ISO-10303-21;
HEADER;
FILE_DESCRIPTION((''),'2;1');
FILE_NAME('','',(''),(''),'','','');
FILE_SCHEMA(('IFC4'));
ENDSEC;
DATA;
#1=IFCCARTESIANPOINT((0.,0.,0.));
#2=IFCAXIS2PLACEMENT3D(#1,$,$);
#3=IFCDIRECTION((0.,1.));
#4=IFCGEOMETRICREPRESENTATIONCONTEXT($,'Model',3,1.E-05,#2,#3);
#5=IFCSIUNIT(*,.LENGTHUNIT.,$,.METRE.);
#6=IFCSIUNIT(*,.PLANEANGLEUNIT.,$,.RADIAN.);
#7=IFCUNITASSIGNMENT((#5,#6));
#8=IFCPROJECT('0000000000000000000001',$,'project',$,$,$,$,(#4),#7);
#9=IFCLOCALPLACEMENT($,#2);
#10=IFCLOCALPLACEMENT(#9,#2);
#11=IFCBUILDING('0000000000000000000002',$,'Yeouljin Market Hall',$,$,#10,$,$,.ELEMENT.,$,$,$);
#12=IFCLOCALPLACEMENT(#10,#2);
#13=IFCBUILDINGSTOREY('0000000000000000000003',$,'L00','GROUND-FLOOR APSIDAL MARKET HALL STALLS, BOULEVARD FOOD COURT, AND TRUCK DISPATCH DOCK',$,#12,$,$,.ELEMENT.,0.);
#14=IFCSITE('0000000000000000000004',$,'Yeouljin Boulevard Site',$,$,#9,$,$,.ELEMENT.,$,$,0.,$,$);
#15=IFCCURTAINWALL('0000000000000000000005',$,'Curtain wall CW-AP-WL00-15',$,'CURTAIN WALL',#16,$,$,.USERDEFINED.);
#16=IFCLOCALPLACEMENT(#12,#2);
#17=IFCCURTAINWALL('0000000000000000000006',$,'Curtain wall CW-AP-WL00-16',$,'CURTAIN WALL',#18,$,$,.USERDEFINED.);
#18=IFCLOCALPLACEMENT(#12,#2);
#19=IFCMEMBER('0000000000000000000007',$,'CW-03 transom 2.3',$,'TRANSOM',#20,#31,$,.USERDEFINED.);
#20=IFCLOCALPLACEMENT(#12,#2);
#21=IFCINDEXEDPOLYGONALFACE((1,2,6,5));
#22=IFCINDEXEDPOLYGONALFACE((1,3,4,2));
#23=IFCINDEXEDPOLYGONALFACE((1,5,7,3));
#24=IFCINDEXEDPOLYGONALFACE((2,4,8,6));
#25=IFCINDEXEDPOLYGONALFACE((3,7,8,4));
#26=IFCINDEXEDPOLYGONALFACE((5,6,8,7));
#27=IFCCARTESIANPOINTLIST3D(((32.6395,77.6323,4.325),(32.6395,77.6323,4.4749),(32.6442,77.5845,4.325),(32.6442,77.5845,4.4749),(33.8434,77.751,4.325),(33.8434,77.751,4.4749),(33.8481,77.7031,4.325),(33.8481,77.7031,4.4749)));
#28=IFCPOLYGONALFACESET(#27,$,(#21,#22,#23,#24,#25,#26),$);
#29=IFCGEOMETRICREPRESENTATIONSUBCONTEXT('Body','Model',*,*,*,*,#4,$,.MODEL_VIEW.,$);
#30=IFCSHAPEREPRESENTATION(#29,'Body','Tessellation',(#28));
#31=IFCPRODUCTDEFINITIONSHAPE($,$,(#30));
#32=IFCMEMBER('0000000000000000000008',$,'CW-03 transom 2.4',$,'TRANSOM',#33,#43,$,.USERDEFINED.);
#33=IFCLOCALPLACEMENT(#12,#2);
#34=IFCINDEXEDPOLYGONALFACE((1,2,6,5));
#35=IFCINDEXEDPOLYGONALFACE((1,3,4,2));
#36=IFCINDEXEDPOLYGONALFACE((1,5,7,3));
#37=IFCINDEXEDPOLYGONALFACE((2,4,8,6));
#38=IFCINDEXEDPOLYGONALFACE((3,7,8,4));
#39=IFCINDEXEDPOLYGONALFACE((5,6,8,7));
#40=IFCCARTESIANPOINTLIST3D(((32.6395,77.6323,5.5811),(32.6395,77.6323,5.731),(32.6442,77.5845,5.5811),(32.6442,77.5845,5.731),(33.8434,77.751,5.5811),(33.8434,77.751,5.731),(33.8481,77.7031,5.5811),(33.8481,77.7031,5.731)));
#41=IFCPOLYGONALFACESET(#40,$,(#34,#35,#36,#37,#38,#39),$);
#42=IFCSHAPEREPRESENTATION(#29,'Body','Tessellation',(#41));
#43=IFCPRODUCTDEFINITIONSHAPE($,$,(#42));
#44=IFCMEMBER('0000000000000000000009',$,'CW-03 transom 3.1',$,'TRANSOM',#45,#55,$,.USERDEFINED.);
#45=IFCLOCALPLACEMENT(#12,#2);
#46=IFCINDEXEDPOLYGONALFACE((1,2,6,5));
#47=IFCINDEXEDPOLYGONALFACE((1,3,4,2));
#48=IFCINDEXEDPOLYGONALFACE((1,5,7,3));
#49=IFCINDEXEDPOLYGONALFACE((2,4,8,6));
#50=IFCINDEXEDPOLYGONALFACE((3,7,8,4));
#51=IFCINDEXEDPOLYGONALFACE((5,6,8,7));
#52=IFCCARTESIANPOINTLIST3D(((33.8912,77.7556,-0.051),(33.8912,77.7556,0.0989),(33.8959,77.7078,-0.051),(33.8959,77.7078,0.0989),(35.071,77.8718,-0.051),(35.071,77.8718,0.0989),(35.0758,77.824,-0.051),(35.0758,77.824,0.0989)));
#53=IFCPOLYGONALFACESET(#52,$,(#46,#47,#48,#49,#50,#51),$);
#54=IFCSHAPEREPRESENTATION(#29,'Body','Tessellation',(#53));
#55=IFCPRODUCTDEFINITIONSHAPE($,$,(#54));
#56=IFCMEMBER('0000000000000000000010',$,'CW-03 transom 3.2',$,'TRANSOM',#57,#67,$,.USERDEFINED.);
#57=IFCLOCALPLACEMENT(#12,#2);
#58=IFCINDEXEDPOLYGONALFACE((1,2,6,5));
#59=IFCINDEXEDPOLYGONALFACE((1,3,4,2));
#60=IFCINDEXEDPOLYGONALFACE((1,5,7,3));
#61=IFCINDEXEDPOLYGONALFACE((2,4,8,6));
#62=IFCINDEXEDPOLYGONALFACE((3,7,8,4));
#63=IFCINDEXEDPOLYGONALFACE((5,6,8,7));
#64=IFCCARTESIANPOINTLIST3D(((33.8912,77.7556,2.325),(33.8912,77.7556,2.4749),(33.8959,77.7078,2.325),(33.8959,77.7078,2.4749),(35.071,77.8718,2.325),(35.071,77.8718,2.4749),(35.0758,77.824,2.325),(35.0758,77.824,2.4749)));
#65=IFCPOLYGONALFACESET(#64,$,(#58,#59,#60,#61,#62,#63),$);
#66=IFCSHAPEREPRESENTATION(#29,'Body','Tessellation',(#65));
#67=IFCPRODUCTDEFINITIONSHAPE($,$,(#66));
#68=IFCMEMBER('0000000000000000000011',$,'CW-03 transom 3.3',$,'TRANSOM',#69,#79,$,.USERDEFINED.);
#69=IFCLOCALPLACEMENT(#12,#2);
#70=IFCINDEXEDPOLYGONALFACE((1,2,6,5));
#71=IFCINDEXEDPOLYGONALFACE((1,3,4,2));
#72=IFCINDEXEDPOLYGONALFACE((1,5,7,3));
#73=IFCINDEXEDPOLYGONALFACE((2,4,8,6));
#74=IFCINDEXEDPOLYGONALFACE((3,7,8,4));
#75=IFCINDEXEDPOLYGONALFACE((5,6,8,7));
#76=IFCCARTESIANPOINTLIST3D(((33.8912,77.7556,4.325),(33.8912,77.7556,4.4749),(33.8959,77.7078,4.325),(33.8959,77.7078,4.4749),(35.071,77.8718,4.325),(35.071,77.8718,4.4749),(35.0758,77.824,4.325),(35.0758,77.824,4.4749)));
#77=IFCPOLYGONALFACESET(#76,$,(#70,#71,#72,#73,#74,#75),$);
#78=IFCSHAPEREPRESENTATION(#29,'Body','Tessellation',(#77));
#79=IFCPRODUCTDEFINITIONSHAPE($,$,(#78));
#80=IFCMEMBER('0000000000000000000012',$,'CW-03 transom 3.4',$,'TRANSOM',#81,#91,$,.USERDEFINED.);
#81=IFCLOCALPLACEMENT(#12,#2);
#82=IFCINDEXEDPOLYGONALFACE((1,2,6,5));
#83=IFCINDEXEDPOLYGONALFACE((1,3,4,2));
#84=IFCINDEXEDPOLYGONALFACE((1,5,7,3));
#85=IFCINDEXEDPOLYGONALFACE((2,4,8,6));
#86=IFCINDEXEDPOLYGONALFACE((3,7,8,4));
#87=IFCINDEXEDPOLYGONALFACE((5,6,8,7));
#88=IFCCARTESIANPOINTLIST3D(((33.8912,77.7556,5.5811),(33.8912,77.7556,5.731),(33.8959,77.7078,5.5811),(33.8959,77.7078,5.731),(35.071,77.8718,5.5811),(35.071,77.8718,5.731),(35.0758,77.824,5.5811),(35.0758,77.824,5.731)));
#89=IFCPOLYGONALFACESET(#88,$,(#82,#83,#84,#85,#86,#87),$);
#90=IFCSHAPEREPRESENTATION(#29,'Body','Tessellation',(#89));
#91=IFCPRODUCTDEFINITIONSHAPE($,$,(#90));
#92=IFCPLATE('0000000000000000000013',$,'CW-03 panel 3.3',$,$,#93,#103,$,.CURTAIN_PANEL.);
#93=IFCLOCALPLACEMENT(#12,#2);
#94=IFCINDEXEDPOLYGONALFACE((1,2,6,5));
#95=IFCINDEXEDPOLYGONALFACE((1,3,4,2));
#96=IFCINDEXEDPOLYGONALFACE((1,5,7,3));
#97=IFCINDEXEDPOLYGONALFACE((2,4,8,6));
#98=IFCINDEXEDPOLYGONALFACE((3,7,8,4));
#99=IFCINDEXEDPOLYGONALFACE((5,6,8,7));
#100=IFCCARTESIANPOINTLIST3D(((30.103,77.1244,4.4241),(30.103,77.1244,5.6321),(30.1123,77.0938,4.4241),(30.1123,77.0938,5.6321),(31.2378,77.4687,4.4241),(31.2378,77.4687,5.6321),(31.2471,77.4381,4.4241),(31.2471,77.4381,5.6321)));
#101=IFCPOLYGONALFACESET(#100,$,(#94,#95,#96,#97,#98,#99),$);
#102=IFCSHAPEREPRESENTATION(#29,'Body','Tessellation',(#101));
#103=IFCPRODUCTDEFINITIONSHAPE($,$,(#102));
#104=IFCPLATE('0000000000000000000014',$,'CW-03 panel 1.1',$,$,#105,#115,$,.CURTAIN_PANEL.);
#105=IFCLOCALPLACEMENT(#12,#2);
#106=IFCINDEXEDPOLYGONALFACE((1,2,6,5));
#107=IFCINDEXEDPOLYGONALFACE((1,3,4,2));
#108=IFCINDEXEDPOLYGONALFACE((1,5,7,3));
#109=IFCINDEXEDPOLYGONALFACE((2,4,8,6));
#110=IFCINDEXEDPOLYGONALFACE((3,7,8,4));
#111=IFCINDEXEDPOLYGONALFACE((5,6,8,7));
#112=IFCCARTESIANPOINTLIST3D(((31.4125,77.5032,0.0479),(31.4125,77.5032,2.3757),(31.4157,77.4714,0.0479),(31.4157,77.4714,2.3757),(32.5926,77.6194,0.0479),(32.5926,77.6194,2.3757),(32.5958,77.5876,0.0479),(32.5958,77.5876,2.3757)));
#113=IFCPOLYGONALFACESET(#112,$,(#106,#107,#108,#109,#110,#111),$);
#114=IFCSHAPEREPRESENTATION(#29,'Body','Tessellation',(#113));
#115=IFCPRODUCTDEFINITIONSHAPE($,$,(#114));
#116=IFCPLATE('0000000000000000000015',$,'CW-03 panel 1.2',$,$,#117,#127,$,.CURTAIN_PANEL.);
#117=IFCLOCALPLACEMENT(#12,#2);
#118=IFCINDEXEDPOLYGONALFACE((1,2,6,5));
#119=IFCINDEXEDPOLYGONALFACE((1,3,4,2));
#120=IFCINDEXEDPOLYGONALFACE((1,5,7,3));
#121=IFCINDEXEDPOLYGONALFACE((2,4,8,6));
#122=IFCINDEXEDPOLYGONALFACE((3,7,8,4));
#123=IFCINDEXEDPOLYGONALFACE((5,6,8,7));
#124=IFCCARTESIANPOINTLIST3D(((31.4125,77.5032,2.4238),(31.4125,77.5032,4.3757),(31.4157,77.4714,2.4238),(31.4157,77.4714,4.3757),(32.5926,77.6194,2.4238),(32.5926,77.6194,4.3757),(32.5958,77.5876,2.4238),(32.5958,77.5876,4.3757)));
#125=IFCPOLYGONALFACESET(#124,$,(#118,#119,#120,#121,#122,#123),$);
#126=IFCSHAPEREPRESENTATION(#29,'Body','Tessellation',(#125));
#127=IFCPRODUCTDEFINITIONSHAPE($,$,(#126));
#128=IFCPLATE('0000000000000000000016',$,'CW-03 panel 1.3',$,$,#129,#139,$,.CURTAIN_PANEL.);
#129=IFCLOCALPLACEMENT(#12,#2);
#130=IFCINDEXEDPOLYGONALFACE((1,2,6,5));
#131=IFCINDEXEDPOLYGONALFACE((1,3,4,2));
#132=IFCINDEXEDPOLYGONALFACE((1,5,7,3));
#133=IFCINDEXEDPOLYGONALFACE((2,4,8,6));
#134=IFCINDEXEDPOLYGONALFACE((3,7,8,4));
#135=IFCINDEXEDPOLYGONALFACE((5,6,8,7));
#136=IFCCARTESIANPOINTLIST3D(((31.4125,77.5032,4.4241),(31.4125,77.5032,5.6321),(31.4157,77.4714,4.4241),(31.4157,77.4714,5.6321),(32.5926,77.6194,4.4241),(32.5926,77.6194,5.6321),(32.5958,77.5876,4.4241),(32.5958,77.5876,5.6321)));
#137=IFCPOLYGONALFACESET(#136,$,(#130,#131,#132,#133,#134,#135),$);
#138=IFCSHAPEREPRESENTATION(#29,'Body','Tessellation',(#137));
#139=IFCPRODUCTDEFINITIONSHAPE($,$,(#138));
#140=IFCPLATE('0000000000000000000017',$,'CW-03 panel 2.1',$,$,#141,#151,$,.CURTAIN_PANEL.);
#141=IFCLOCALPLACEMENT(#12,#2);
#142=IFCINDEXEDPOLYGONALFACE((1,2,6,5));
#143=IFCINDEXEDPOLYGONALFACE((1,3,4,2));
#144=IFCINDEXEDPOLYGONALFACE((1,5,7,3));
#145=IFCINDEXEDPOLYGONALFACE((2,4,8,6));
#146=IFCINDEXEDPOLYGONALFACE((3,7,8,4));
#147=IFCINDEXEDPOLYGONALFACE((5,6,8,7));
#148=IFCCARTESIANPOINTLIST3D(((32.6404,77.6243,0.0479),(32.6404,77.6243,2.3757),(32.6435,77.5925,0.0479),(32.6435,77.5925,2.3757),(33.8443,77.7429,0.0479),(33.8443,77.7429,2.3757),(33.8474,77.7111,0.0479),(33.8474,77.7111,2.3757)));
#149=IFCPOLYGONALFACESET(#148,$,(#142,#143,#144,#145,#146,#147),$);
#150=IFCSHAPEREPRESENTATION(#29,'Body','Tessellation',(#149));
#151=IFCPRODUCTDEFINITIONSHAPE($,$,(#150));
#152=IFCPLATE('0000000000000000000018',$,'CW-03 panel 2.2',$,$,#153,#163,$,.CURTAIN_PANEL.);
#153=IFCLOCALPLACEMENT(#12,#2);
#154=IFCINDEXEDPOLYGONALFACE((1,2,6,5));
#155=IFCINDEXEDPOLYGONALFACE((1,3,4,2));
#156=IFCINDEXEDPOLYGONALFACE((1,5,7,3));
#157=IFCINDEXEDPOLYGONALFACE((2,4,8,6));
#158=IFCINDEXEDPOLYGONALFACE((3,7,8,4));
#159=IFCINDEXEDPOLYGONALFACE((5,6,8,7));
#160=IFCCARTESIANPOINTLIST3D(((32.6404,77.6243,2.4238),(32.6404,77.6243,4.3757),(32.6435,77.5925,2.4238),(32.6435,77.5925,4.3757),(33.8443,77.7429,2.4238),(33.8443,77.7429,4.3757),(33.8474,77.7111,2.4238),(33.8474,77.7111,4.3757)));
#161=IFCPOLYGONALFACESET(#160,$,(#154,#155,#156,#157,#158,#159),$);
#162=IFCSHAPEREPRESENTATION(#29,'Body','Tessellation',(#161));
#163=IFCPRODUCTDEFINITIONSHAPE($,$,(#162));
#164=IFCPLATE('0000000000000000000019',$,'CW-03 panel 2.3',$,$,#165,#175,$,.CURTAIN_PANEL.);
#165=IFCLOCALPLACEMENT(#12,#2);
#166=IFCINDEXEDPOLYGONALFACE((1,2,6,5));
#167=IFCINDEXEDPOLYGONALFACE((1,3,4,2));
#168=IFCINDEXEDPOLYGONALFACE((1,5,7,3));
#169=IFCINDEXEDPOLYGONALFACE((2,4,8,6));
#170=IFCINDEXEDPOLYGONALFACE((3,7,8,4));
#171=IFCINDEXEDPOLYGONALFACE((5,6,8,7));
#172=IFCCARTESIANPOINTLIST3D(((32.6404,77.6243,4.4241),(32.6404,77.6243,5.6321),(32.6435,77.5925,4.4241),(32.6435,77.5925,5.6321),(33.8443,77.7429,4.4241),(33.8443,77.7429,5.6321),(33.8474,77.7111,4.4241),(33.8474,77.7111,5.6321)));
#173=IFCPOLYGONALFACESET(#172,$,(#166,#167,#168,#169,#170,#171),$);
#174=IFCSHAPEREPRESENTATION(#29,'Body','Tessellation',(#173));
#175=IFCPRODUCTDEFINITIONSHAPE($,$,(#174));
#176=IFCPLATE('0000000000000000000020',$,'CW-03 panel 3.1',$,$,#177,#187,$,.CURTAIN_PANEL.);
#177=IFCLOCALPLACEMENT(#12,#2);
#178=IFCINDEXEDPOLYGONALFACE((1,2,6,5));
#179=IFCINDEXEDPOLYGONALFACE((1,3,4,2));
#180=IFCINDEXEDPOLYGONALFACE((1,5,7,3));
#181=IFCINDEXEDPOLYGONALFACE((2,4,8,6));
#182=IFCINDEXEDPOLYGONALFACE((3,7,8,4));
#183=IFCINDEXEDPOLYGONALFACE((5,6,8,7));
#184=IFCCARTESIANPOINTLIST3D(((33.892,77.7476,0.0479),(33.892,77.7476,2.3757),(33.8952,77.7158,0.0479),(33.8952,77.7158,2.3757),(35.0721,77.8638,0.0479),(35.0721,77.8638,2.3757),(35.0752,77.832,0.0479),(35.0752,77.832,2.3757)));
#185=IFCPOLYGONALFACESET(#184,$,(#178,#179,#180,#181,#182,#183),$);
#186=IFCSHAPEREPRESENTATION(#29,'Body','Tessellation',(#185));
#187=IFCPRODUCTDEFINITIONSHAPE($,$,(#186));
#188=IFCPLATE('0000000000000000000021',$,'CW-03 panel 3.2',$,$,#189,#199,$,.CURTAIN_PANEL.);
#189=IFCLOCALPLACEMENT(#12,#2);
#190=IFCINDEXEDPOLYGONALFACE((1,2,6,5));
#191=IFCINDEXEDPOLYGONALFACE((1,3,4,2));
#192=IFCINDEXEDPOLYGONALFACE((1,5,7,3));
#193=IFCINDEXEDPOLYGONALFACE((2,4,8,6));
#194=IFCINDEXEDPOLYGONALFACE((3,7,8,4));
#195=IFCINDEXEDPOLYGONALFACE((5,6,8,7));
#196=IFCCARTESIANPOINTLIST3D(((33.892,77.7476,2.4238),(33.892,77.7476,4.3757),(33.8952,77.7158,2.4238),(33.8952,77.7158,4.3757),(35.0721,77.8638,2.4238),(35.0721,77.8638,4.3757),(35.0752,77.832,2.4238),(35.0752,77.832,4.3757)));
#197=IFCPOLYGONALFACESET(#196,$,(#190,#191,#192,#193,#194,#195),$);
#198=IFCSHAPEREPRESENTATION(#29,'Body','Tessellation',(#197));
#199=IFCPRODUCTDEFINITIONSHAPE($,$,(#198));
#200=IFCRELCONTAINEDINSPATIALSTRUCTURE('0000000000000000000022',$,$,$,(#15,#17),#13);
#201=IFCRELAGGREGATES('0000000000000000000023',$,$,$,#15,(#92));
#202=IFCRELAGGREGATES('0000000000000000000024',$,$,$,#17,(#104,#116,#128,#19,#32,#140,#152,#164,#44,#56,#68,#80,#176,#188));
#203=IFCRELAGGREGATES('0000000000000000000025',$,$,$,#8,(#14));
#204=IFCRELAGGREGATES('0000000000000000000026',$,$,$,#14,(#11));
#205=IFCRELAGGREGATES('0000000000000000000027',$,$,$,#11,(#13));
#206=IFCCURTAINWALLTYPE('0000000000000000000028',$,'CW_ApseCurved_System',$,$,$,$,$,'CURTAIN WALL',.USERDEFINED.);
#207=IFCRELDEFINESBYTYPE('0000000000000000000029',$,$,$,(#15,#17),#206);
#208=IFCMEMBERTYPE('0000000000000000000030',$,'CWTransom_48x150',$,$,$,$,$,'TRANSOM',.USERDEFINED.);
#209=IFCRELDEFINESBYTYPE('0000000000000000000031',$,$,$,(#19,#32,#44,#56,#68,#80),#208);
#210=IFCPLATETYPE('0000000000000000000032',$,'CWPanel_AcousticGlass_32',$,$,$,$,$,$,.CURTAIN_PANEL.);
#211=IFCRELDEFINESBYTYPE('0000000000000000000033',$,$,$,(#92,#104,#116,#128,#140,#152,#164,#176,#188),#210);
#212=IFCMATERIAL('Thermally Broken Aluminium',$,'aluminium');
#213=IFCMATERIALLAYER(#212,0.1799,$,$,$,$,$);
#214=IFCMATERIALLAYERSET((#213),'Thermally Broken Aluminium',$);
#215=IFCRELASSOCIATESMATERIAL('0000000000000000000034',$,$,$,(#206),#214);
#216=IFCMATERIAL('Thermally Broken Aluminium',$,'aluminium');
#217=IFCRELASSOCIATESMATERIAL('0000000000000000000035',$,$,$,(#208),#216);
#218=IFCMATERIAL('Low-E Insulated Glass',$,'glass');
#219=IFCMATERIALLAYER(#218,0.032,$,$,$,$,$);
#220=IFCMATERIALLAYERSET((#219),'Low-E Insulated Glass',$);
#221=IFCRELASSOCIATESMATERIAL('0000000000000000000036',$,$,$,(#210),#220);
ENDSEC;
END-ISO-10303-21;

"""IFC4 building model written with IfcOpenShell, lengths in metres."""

from ifc_helpers import new_model, si_unit, direction, frame, origin, origin_2d, place, context, subcontext, project, spatial, rectangle, extrude, material, layer, layer_set, material_profile, profile_set, type_object, element, aggregate, save


model = new_model("IFC4")

# Units and contexts
model_context = context("Model", 3, precision=1e-05, world=origin(), true_north=direction((0.0, 1.0)))
body_context = subcontext(model_context, "Body", "Model", "MODEL_VIEW")
ifc_project = project(units=[si_unit("LENGTHUNIT", "METRE"), si_unit("PLANEANGLEUNIT", "RADIAN")], contexts=[model_context])

# Site, building, storey
site_placement = place(None, origin())
site = spatial("IfcSite", under=ifc_project, at=site_placement, Name="Yeouljin Boulevard Site", CompositionType="ELEMENT", RefElevation=0.0)
building_placement = place(site_placement, origin())
building = spatial("IfcBuilding", under=site, at=building_placement, Name="Yeouljin Market Hall", CompositionType="ELEMENT")
storey_placement = place(building_placement, origin())
storey = spatial("IfcBuildingStorey", under=building, at=storey_placement, Name="L00", Description="GROUND-FLOOR APSIDAL MARKET HALL STALLS, BOULEVARD FOOD COURT, AND TRUCK DISPATCH DOCK", CompositionType="ELEMENT", Elevation=0.0)

# Curtain wall
ifc_material_1 = material(Name="Thermally Broken Aluminium", Category="aluminium")
ifc_layer_1 = layer(ifc_material_1, 0.1799)
ifc_layer_set_1 = layer_set([ifc_layer_1], Name="Thermally Broken Aluminium")
curtain_wall_type_1 = type_object("IfcCurtainWallType", Name="CW_ApseCurved_System", ElementType="CURTAIN WALL", PredefinedType="USERDEFINED", material=ifc_layer_set_1)
curtain_wall_1_placement = place(storey_placement, origin())
curtain_wall_1 = element("IfcCurtainWall", 1, at=curtain_wall_1_placement, inside=storey, type_object=curtain_wall_type_1, Name="Curtain wall CW-AP-WL00-15", ObjectType="CURTAIN WALL", PredefinedType="USERDEFINED")

# Curtain wall
curtain_wall_2_placement = place(storey_placement, origin())
curtain_wall_2 = element("IfcCurtainWall", 2, at=curtain_wall_2_placement, inside=storey, type_object=curtain_wall_type_1, Name="Curtain wall CW-AP-WL00-16", ObjectType="CURTAIN WALL", PredefinedType="USERDEFINED")

# Members
ifc_material_2 = material(Name="Thermally Broken Aluminium", Category="aluminium")
ifc_material_profile_1 = material_profile(ifc_material_2, rectangle(XDim=0.0481, YDim=0.1499, at=origin_2d()), Name="CW-TRAN-48x150")
ifc_profile_set_1 = profile_set([ifc_material_profile_1], Name="Thermally Broken Aluminium")
member_type_1 = type_object("IfcMemberType", Name="CWTransom_48x150", ElementType="TRANSOM", PredefinedType="USERDEFINED", material=ifc_profile_set_1)
member_1_placement = place(storey_placement, frame((32.6418, 77.6084, 4.3999), z_axis=(0.995178, 0.098085, 0.0), x_axis=(-0.098085, 0.995178, 0.0)))
member_1 = element("IfcMember", 3, at=member_1_placement, type_object=member_type_1, Name="CW-03 transom 2.3", ObjectType="TRANSOM", PredefinedType="USERDEFINED", context=body_context, shape_type="SweptSolid", body=[
    extrude(rectangle(XDim=0.0481, YDim=0.1499, at=origin_2d()), origin(), (0.0, 0.0, 1.0), 1.2097),
])
member_2_placement = place(storey_placement, frame((32.6418, 77.6084, 5.656), z_axis=(0.995178, 0.098085, 0.0), x_axis=(-0.098085, 0.995178, 0.0)))
member_2 = element("IfcMember", 4, at=member_2_placement, type_object=member_type_1, Name="CW-03 transom 2.4", ObjectType="TRANSOM", PredefinedType="USERDEFINED", context=body_context, shape_type="SweptSolid", body=[
    extrude(rectangle(XDim=0.0481, YDim=0.1499, at=origin_2d()), origin(), (0.0, 0.0, 1.0), 1.2097),
])
member_3_placement = place(storey_placement, frame((33.8936, 77.7317, 0.0239), z_axis=(0.995185, 0.098015, 0.0), x_axis=(-0.098015, 0.995185, 0.0)))
member_3 = element("IfcMember", 5, at=member_3_placement, type_object=member_type_1, Name="CW-03 transom 3.1", ObjectType="TRANSOM", PredefinedType="USERDEFINED", context=body_context, shape_type="SweptSolid", body=[
    extrude(rectangle(XDim=0.0481, YDim=0.1499, at=origin_2d()), origin(), (0.0, 0.0, 1.0), 1.1855),
])
member_4_placement = place(storey_placement, frame((33.8936, 77.7317, 2.3999), z_axis=(0.995185, 0.098015, 0.0), x_axis=(-0.098015, 0.995185, 0.0)))
member_4 = element("IfcMember", 6, at=member_4_placement, type_object=member_type_1, Name="CW-03 transom 3.2", ObjectType="TRANSOM", PredefinedType="USERDEFINED", context=body_context, shape_type="SweptSolid", body=[
    extrude(rectangle(XDim=0.0481, YDim=0.1499, at=origin_2d()), origin(), (0.0, 0.0, 1.0), 1.1855),
])
member_5_placement = place(storey_placement, frame((33.8936, 77.7317, 4.3999), z_axis=(0.995185, 0.098015, 0.0), x_axis=(-0.098015, 0.995185, 0.0)))
member_5 = element("IfcMember", 7, at=member_5_placement, type_object=member_type_1, Name="CW-03 transom 3.3", ObjectType="TRANSOM", PredefinedType="USERDEFINED", context=body_context, shape_type="SweptSolid", body=[
    extrude(rectangle(XDim=0.0481, YDim=0.1499, at=origin_2d()), origin(), (0.0, 0.0, 1.0), 1.1855),
])
member_6_placement = place(storey_placement, frame((33.8936, 77.7317, 5.656), z_axis=(0.995185, 0.098015, 0.0), x_axis=(-0.098015, 0.995185, 0.0)))
member_6 = element("IfcMember", 8, at=member_6_placement, type_object=member_type_1, Name="CW-03 transom 3.4", ObjectType="TRANSOM", PredefinedType="USERDEFINED", context=body_context, shape_type="SweptSolid", body=[
    extrude(rectangle(XDim=0.0481, YDim=0.1499, at=origin_2d()), origin(), (0.0, 0.0, 1.0), 1.1855),
])

# Plates
ifc_material_3 = material(Name="Low-E Insulated Glass", Category="glass")
ifc_layer_2 = layer(ifc_material_3, 0.032)
ifc_layer_set_2 = layer_set([ifc_layer_2], Name="Low-E Insulated Glass")
plate_type = type_object("IfcPlateType", Name="CWPanel_AcousticGlass_32", PredefinedType="CURTAIN_PANEL", material=ifc_layer_set_2)
plate_1_placement = place(storey_placement, frame((30.675, 77.2812, 4.4241), z_axis=(0.0, 0.0, 1.0), x_axis=(0.95694, 0.290286, 0.0)))
plate_1 = element("IfcPlate", 9, at=plate_1_placement, type_object=plate_type, Name="CW-03 panel 3.3", PredefinedType="CURTAIN_PANEL", context=body_context, shape_type="SweptSolid", body=[
    extrude(rectangle(XDim=1.1858, YDim=0.032, at=origin_2d()), origin(), (0.0, 0.0, 1.0), 1.208),
])
aggregate(curtain_wall_1, [plate_1])
plate_2_placement = place(storey_placement, frame((32.0042, 77.5454, 0.0479), z_axis=(0.0, 0.0, 1.0), x_axis=(0.995183, 0.098034, 0.0)))
plate_2 = element("IfcPlate", 10, at=plate_2_placement, type_object=plate_type, Name="CW-03 panel 1.1", PredefinedType="CURTAIN_PANEL", context=body_context, shape_type="SweptSolid", body=[
    extrude(rectangle(XDim=1.1858, YDim=0.032, at=origin_2d()), origin(), (0.0, 0.0, 1.0), 2.3279),
])
plate_3_placement = place(storey_placement, frame((32.0042, 77.5454, 2.4238), z_axis=(0.0, 0.0, 1.0), x_axis=(0.995183, 0.098034, 0.0)))
plate_3 = element("IfcPlate", 11, at=plate_3_placement, type_object=plate_type, Name="CW-03 panel 1.2", PredefinedType="CURTAIN_PANEL", context=body_context, shape_type="SweptSolid", body=[
    extrude(rectangle(XDim=1.1858, YDim=0.032, at=origin_2d()), origin(), (0.0, 0.0, 1.0), 1.9519),
])
plate_4_placement = place(storey_placement, frame((32.0042, 77.5454, 4.4241), z_axis=(0.0, 0.0, 1.0), x_axis=(0.995183, 0.098034, 0.0)))
plate_4 = element("IfcPlate", 12, at=plate_4_placement, type_object=plate_type, Name="CW-03 panel 1.3", PredefinedType="CURTAIN_PANEL", context=body_context, shape_type="SweptSolid", body=[
    extrude(rectangle(XDim=1.1858, YDim=0.032, at=origin_2d()), origin(), (0.0, 0.0, 1.0), 1.208),
])
plate_5_placement = place(storey_placement, frame((33.2439, 77.6677, 0.0479), z_axis=(0.0, 0.0, 1.0), x_axis=(0.995183, 0.098034, 0.0)))
plate_5 = element("IfcPlate", 13, at=plate_5_placement, type_object=plate_type, Name="CW-03 panel 2.1", PredefinedType="CURTAIN_PANEL", context=body_context, shape_type="SweptSolid", body=[
    extrude(rectangle(XDim=1.2097, YDim=0.032, at=origin_2d()), origin(), (0.0, 0.0, 1.0), 2.3279),
])
plate_6_placement = place(storey_placement, frame((33.2439, 77.6677, 2.4238), z_axis=(0.0, 0.0, 1.0), x_axis=(0.995183, 0.098034, 0.0)))
plate_6 = element("IfcPlate", 14, at=plate_6_placement, type_object=plate_type, Name="CW-03 panel 2.2", PredefinedType="CURTAIN_PANEL", context=body_context, shape_type="SweptSolid", body=[
    extrude(rectangle(XDim=1.2097, YDim=0.032, at=origin_2d()), origin(), (0.0, 0.0, 1.0), 1.9519),
])
plate_7_placement = place(storey_placement, frame((33.2439, 77.6677, 4.4241), z_axis=(0.0, 0.0, 1.0), x_axis=(0.995183, 0.098034, 0.0)))
plate_7 = element("IfcPlate", 15, at=plate_7_placement, type_object=plate_type, Name="CW-03 panel 2.3", PredefinedType="CURTAIN_PANEL", context=body_context, shape_type="SweptSolid", body=[
    extrude(rectangle(XDim=1.2097, YDim=0.032, at=origin_2d()), origin(), (0.0, 0.0, 1.0), 1.208),
])
plate_8_placement = place(storey_placement, frame((34.4836, 77.7898, 0.0479), z_axis=(0.0, 0.0, 1.0), x_axis=(0.995183, 0.098034, 0.0)))
plate_8 = element("IfcPlate", 16, at=plate_8_placement, type_object=plate_type, Name="CW-03 panel 3.1", PredefinedType="CURTAIN_PANEL", context=body_context, shape_type="SweptSolid", body=[
    extrude(rectangle(XDim=1.1858, YDim=0.032, at=origin_2d()), origin(), (0.0, 0.0, 1.0), 2.3279),
])
plate_9_placement = place(storey_placement, frame((34.4836, 77.7898, 2.4238), z_axis=(0.0, 0.0, 1.0), x_axis=(0.995183, 0.098034, 0.0)))
plate_9 = element("IfcPlate", 17, at=plate_9_placement, type_object=plate_type, Name="CW-03 panel 3.2", PredefinedType="CURTAIN_PANEL", context=body_context, shape_type="SweptSolid", body=[
    extrude(rectangle(XDim=1.1858, YDim=0.032, at=origin_2d()), origin(), (0.0, 0.0, 1.0), 1.9519),
])
aggregate(curtain_wall_2, [plate_2, plate_3, plate_4, member_1, member_2, plate_5, plate_6, plate_7, member_3, member_4, member_5, member_6, plate_8, plate_9])

save(model, "model.ifc")
